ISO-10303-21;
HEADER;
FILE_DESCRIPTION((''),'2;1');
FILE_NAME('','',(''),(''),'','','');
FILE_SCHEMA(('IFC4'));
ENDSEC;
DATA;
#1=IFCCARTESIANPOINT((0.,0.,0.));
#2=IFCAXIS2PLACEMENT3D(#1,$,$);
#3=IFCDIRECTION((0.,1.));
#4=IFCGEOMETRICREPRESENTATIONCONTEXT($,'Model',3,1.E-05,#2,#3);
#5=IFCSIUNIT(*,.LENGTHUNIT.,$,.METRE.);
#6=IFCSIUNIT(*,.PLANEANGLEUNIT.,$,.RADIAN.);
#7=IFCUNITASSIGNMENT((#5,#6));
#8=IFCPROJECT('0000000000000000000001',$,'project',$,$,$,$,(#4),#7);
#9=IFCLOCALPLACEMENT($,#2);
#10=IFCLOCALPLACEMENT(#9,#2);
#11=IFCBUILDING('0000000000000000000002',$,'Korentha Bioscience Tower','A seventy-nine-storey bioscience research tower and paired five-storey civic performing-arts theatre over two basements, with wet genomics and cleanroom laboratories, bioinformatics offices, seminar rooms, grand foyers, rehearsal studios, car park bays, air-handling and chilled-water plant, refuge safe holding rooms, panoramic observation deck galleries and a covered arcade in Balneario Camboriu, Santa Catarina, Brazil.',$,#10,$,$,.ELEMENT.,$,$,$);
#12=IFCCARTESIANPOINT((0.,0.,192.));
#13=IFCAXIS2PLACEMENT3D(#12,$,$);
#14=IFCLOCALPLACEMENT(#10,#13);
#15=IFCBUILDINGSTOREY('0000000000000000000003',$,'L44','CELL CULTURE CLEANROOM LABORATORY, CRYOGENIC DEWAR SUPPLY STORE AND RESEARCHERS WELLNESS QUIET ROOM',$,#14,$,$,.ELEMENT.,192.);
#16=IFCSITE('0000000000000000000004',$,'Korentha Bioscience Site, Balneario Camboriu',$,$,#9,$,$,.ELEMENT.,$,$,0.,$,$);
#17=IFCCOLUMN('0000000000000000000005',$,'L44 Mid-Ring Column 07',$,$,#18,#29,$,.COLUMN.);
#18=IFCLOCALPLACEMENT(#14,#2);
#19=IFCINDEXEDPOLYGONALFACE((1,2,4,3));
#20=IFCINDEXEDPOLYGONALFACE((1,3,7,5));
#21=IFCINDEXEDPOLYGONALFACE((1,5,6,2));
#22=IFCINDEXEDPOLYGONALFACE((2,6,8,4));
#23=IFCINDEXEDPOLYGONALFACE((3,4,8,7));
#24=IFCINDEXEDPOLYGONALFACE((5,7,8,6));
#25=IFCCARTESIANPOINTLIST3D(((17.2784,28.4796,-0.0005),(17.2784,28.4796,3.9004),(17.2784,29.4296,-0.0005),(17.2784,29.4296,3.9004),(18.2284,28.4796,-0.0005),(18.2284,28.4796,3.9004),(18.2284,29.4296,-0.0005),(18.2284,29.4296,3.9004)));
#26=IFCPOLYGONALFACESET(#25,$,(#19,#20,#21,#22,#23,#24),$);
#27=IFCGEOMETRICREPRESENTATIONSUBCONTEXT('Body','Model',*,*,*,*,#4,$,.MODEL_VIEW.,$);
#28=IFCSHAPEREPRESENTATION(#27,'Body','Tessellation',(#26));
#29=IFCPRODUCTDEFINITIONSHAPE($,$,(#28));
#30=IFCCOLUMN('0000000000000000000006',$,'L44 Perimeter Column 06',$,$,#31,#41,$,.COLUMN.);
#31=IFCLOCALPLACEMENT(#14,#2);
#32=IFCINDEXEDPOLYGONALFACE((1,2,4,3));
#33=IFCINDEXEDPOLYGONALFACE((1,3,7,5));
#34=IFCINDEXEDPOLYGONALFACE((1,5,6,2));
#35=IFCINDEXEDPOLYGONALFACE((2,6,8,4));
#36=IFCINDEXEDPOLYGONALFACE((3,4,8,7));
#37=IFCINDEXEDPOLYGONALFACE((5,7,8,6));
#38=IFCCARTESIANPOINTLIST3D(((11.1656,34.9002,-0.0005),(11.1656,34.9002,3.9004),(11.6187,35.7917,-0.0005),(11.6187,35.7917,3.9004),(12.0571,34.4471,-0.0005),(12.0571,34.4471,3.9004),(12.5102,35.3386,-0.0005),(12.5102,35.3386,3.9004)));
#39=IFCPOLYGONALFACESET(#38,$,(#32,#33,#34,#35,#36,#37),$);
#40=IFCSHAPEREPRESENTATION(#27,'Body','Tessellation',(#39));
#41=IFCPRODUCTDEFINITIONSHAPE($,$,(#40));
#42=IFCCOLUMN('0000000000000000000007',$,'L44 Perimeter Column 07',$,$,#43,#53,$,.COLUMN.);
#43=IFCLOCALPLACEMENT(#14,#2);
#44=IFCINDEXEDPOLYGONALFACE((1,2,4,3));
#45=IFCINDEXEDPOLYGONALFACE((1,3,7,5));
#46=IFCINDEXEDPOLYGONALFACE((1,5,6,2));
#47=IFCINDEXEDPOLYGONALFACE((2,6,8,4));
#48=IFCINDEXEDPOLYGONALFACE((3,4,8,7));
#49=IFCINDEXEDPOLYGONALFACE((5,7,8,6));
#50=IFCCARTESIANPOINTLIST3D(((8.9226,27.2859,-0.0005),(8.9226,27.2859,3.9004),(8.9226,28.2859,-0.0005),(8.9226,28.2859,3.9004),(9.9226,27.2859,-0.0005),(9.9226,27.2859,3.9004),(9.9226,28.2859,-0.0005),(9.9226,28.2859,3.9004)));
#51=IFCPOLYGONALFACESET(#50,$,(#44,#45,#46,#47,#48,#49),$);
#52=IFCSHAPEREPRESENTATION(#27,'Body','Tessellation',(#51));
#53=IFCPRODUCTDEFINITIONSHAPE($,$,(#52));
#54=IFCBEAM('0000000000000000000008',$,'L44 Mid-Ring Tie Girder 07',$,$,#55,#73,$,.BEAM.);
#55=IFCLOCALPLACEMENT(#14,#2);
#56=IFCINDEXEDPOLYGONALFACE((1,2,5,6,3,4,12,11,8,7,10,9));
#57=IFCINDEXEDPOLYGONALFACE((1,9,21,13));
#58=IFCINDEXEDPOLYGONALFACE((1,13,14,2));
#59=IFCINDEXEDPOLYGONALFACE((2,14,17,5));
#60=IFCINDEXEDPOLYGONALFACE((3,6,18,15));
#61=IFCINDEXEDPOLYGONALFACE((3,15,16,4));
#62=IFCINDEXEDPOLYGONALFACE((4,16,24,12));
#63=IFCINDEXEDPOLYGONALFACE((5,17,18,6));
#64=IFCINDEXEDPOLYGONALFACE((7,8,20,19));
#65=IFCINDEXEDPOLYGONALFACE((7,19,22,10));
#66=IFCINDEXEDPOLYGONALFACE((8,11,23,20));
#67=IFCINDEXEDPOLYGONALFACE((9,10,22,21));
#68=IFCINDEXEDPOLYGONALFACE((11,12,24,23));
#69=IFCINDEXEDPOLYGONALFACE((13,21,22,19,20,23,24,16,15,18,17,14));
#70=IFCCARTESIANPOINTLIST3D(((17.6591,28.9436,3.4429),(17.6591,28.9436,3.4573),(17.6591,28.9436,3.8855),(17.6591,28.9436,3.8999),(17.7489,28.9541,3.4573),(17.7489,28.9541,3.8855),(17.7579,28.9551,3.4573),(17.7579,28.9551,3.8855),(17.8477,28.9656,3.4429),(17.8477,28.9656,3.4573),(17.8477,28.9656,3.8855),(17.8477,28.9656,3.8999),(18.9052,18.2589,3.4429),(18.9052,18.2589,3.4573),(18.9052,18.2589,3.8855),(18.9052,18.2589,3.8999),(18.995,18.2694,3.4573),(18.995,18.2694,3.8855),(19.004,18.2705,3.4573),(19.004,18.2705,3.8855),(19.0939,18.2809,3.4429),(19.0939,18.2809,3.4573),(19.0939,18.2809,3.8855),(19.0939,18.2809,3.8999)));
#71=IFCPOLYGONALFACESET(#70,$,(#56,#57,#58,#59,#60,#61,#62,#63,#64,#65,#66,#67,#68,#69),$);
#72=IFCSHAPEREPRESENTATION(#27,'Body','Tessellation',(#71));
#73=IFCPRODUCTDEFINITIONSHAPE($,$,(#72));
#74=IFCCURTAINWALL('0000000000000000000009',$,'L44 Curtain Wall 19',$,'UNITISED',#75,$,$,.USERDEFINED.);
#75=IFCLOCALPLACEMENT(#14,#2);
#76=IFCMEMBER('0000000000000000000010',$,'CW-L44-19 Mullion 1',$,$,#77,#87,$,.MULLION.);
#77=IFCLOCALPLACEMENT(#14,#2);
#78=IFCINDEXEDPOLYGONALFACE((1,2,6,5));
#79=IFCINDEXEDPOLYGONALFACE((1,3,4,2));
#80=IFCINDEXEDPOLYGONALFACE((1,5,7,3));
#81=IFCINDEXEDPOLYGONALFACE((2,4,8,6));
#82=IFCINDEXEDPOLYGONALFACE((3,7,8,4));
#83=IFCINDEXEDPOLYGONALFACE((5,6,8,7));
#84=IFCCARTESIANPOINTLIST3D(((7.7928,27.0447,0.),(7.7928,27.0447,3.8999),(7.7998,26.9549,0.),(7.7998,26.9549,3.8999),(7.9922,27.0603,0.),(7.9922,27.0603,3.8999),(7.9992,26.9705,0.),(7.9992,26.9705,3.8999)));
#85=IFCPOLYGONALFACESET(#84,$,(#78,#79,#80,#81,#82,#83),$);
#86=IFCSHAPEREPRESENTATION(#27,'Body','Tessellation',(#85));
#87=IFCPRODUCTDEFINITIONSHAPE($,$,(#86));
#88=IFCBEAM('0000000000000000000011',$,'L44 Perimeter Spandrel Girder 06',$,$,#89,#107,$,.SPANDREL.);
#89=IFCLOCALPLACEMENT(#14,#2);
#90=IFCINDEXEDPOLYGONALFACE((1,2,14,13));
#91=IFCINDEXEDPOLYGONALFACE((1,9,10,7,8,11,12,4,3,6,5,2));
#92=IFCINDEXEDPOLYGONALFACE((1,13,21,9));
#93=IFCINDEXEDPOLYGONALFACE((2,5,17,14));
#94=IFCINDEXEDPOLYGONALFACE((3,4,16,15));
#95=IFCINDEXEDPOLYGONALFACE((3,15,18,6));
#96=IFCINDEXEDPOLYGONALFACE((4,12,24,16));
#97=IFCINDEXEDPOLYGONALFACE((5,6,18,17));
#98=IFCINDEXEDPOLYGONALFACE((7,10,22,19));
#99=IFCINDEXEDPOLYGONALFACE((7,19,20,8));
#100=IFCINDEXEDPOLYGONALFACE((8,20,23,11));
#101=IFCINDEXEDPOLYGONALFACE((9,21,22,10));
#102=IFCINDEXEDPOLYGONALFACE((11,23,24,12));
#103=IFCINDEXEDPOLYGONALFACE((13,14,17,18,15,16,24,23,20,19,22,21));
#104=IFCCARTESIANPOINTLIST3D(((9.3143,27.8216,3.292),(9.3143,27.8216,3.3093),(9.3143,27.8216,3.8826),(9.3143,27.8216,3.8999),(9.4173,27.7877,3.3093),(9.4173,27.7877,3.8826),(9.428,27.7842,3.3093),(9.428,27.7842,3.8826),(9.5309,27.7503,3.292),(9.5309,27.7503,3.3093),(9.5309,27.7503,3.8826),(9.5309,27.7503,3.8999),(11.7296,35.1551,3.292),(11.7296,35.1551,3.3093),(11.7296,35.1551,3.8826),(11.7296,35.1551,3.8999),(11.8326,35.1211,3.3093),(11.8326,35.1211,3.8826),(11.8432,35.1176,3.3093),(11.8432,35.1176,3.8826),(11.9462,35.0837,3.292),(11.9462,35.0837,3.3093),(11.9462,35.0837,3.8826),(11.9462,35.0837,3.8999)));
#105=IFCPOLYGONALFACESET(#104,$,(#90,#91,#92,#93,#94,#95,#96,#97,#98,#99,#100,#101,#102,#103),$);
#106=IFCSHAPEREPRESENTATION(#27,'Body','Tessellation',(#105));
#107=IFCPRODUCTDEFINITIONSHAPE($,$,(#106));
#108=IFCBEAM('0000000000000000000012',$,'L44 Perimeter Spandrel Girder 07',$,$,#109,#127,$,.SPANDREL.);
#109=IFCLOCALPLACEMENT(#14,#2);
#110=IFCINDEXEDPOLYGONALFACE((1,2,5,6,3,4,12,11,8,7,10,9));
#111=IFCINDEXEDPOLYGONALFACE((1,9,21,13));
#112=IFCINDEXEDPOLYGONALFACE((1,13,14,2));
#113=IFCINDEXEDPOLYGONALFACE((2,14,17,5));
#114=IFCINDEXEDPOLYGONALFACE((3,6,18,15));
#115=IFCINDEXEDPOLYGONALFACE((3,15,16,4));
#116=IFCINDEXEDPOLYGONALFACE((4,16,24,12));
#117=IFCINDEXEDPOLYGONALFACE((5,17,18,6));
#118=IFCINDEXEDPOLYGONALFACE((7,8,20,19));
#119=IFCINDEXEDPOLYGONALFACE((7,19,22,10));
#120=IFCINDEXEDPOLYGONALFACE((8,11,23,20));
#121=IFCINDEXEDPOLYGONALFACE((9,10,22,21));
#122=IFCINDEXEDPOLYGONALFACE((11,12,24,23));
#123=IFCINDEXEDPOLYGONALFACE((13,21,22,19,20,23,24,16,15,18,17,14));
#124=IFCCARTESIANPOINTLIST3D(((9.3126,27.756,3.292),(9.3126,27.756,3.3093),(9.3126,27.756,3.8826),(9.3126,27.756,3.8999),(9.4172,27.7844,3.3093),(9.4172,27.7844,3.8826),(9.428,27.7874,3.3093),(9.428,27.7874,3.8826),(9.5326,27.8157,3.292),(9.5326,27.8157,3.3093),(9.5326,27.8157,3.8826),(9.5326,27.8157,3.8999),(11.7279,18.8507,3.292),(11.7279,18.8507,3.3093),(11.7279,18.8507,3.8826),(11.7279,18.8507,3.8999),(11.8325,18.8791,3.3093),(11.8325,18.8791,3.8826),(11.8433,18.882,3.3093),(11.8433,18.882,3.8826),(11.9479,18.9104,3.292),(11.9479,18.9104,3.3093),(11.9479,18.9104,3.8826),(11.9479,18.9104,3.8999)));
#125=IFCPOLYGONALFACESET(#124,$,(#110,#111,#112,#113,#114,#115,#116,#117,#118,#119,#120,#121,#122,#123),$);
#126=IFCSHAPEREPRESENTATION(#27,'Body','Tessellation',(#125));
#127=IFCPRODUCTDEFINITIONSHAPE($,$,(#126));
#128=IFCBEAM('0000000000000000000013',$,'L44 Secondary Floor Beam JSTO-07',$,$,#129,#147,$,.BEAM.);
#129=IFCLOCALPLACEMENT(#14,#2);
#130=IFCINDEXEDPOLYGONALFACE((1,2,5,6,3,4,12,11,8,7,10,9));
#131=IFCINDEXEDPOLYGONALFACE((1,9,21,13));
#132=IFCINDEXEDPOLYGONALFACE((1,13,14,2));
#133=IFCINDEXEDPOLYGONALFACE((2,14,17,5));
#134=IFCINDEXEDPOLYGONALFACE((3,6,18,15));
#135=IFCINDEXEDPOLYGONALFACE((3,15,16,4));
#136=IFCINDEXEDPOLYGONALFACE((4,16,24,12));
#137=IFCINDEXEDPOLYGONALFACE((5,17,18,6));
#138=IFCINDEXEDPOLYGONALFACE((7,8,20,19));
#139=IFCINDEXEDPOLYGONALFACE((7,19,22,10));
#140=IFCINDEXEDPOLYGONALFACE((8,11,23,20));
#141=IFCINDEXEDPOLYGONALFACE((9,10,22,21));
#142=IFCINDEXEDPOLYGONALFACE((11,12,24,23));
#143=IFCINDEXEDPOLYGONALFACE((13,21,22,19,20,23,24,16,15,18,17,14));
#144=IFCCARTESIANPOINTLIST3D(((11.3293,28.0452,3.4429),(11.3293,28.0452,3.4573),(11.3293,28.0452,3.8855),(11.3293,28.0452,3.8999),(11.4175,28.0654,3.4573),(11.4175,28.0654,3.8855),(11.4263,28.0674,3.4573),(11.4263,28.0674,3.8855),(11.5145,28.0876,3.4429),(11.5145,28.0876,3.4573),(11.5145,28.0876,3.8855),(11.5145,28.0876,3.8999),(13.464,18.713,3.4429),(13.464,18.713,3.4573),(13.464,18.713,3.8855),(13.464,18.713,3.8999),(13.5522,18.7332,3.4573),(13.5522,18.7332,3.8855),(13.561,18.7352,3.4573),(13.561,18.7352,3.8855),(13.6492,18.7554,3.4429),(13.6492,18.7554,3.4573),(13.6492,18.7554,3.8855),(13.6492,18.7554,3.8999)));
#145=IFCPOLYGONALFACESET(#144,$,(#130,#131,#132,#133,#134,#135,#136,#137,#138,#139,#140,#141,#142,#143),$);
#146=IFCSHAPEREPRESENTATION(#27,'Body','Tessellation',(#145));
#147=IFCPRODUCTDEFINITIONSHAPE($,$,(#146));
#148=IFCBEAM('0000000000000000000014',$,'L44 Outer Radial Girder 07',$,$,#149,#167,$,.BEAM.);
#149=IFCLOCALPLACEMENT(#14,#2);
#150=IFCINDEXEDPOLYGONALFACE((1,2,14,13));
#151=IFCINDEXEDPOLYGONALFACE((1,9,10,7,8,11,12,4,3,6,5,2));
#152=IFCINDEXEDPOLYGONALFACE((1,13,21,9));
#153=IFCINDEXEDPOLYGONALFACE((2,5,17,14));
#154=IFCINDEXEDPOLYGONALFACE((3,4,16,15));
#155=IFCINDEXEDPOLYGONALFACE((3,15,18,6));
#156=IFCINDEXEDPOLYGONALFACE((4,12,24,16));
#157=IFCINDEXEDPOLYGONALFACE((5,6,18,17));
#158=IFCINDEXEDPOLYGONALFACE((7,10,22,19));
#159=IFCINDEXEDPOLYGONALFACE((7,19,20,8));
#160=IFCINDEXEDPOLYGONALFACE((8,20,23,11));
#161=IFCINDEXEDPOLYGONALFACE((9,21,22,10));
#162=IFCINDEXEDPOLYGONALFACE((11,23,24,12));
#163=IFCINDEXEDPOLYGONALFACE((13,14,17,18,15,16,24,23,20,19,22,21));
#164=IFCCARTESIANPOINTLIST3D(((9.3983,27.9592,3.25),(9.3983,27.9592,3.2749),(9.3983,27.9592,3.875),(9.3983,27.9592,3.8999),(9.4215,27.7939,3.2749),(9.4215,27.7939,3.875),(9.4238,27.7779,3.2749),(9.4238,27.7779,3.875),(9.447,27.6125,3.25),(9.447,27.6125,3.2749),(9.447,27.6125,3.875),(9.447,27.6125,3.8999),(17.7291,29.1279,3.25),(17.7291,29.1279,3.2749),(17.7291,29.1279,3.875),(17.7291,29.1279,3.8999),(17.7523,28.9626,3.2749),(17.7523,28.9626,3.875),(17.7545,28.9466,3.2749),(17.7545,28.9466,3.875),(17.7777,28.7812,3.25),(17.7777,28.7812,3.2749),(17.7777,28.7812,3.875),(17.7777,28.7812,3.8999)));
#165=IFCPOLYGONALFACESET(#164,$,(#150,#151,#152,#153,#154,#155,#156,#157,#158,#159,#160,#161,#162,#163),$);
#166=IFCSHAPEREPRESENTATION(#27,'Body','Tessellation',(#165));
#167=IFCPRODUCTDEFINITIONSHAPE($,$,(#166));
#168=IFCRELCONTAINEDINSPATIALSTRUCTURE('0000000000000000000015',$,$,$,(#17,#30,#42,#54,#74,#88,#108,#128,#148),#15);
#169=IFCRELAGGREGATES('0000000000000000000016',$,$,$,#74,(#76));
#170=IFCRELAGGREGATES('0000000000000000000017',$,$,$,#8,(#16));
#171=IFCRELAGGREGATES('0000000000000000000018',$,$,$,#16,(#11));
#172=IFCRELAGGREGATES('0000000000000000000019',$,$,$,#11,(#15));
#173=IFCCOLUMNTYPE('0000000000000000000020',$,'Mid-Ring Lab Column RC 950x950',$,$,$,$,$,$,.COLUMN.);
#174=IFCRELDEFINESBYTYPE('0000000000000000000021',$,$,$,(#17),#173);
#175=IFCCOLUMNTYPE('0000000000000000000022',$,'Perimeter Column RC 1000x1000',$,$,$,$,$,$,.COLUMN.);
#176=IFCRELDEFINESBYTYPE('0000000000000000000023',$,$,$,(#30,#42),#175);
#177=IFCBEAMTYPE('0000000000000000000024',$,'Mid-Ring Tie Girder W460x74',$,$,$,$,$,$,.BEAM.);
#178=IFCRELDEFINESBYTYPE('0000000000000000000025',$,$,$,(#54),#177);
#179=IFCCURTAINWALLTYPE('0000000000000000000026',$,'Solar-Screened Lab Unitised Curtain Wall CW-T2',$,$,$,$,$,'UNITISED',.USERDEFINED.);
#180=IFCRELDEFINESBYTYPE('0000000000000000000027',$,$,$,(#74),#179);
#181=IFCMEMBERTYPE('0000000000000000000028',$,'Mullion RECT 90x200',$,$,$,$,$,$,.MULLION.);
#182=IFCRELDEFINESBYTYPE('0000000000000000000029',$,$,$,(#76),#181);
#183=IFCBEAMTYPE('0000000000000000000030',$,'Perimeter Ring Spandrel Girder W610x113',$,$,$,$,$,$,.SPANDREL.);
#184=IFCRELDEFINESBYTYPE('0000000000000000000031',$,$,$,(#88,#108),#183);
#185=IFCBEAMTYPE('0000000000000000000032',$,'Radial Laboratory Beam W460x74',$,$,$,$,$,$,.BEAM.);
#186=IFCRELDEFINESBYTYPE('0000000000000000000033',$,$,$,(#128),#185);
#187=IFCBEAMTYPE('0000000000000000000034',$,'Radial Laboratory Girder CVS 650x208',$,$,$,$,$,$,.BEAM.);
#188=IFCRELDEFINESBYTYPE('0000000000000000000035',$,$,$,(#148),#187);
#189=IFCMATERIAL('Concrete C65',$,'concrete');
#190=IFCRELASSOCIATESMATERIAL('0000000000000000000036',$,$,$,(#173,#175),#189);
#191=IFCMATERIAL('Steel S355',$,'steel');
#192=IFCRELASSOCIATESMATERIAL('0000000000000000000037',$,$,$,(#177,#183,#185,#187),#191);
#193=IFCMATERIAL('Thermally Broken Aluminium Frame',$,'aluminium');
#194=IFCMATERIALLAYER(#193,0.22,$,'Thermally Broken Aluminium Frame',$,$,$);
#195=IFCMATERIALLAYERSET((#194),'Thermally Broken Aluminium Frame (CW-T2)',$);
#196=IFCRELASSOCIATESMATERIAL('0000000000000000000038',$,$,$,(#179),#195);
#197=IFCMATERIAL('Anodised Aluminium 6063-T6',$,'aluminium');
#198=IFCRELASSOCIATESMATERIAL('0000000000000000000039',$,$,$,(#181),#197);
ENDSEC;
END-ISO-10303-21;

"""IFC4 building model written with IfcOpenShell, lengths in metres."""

from ifc_helpers import new_model, si_unit, direction, frame, origin, origin_2d, place, context, subcontext, project, spatial, rectangle, i_section, extrude, material, layer, layer_set, material_profile, profile_set, type_object, element, aggregate, save


model = new_model("IFC4")

# Units and contexts
model_context = context("Model", 3, precision=1e-05, world=origin(), true_north=direction((0.0, 1.0)))
body_context = subcontext(model_context, "Body", "Model", "MODEL_VIEW")
ifc_project = project(units=[si_unit("LENGTHUNIT", "METRE"), si_unit("PLANEANGLEUNIT", "RADIAN")], contexts=[model_context])

# Site, building, storey
site_placement = place(None, origin())
site = spatial("IfcSite", under=ifc_project, at=site_placement, Name="Korentha Bioscience Site, Balneario Camboriu", CompositionType="ELEMENT", RefElevation=0.0)
building_placement = place(site_placement, origin())
building = spatial("IfcBuilding", under=site, at=building_placement, Name="Korentha Bioscience Tower", Description="A seventy-nine-storey bioscience research tower and paired five-storey civic performing-arts theatre over two basements, with wet genomics and cleanroom laboratories, bioinformatics offices, seminar rooms, grand foyers, rehearsal studios, car park bays, air-handling and chilled-water plant, refuge safe holding rooms, panoramic observation deck galleries and a covered arcade in Balneario Camboriu, Santa Catarina, Brazil.", CompositionType="ELEMENT")
storey_placement = place(building_placement, frame((0.0, 0.0, 192.0)))
storey = spatial("IfcBuildingStorey", under=building, at=storey_placement, Name="L44", Description="CELL CULTURE CLEANROOM LABORATORY, CRYOGENIC DEWAR SUPPLY STORE AND RESEARCHERS WELLNESS QUIET ROOM", CompositionType="ELEMENT", Elevation=192.0)

# Columns
ifc_material_1 = material(Name="Concrete C65", Category="concrete")
ifc_material_profile_1 = material_profile(ifc_material_1, rectangle(XDim=0.95, YDim=0.95, at=origin_2d()), Name="Concrete C65")
ifc_profile_set_1 = profile_set([ifc_material_profile_1], Name="Concrete C65 (COL-MR09)")
column_type_1 = type_object("IfcColumnType", Name="Mid-Ring Lab Column RC 950x950", PredefinedType="COLUMN", material=ifc_profile_set_1)
column_placement = place(storey_placement, frame((17.7534, 28.9546, -0.0005), z_axis=(0.0, 0.0, 1.0), x_axis=(1.0, 0.0, 0.0)))
element("IfcColumn", 1, at=column_placement, inside=storey, type_object=column_type_1, Name="L44 Mid-Ring Column 07", PredefinedType="COLUMN", context=body_context, shape_type="SweptSolid", body=[
    extrude(rectangle(XDim=0.95, YDim=0.95, at=origin_2d()), origin(), (0.0, 0.0, 1.0), 3.9009),
])
ifc_material_profile_2 = material_profile(ifc_material_1, rectangle(XDim=1.0, YDim=1.0, at=origin_2d()), Name="Concrete C65")
ifc_profile_set_2 = profile_set([ifc_material_profile_2], Name="Concrete C65 (COL-P10)")
column_type_2 = type_object("IfcColumnType", Name="Perimeter Column RC 1000x1000", PredefinedType="COLUMN", material=ifc_profile_set_2)
for number, where, z_axis, x_axis, name in (
    (2, (11.8379, 35.1194, -0.0005), (0.0, 0.0, 1.0), (0.453057, 0.891481, 0.0), "L44 Perimeter Column 06"),
    (3, (9.4226, 27.7859, -0.0005), (0.0, 0.0, 1.0), (0.0, 1.0, 0.0), "L44 Perimeter Column 07"),
):
    element("IfcColumn", number, at=place(storey_placement, frame(where, z_axis=z_axis, x_axis=x_axis)), inside=storey, type_object=column_type_2, Name=name, PredefinedType="COLUMN", context=body_context, shape_type="SweptSolid", body=[
        extrude(rectangle(XDim=1.0, YDim=1.0, at=origin_2d()), origin(), (0.0, 0.0, 1.0), 3.9009),
    ])

# Beam
ifc_material_2 = material(Name="Steel S355", Category="steel")
ifc_material_profile_3 = material_profile(ifc_material_2, i_section(OverallWidth=0.1899, OverallDepth=0.457, WebThickness=0.009, FlangeThickness=0.0144, at=origin_2d()), Name="Steel S355")
ifc_profile_set_3 = profile_set([ifc_material_profile_3], Name="Steel S355 (MB-460)")
beam_type_1 = type_object("IfcBeamType", Name="Mid-Ring Tie Girder W460x74", PredefinedType="BEAM", material=ifc_profile_set_3)
beam_1_placement = place(storey_placement, frame((17.7534, 28.9546, 3.6714), z_axis=(0.11584, -0.993268, 0.0), x_axis=(0.993268, 0.11584, 0.0)))
element("IfcBeam", 4, at=beam_1_placement, inside=storey, type_object=beam_type_1, Name="L44 Mid-Ring Tie Girder 07", PredefinedType="BEAM", context=body_context, shape_type="SweptSolid", body=[
    extrude(i_section(OverallWidth=0.1899, OverallDepth=0.457, WebThickness=0.009, FlangeThickness=0.0144, at=origin_2d()), origin(), (0.0, 0.0, 1.0), 10.7571),
])

# Curtain wall, member
ifc_material_3 = material(Name="Thermally Broken Aluminium Frame", Category="aluminium")
ifc_layer_1 = layer(ifc_material_3, 0.22, Name="Thermally Broken Aluminium Frame")
ifc_layer_set_1 = layer_set([ifc_layer_1], Name="Thermally Broken Aluminium Frame (CW-T2)")
curtain_wall_type = type_object("IfcCurtainWallType", Name="Solar-Screened Lab Unitised Curtain Wall CW-T2", ElementType="UNITISED", PredefinedType="USERDEFINED", material=ifc_layer_set_1)
curtain_wall_placement = place(storey_placement, origin())
curtain_wall = element("IfcCurtainWall", 5, at=curtain_wall_placement, inside=storey, type_object=curtain_wall_type, Name="L44 Curtain Wall 19", ObjectType="UNITISED", PredefinedType="USERDEFINED")
ifc_material_4 = material(Name="Anodised Aluminium 6063-T6", Category="aluminium")
ifc_material_profile_4 = material_profile(ifc_material_4, rectangle(XDim=0.0901, YDim=0.2, at=origin_2d()), Name="Anodised Aluminium 6063-T6")
ifc_profile_set_4 = profile_set([ifc_material_profile_4], Name="Anodised Aluminium 6063-T6 (CW-MUL)")
member_type_1 = type_object("IfcMemberType", Name="Mullion RECT 90x200", PredefinedType="MULLION", material=ifc_profile_set_4)
member_1_placement = place(storey_placement, frame((7.896, 27.0076, 0.0), z_axis=(0.0, 0.0, 1.0), x_axis=(0.078031, -0.996951, 0.0)))
member_1 = element("IfcMember", 6, at=member_1_placement, type_object=member_type_1, Name="CW-L44-19 Mullion 1", PredefinedType="MULLION", context=body_context, shape_type="SweptSolid", body=[
    extrude(rectangle(XDim=0.0901, YDim=0.2, at=origin_2d()), origin(), (0.0, 0.0, 1.0), 3.8999),
])

# Beams
ifc_material_profile_5 = material_profile(ifc_material_2, i_section(OverallWidth=0.228, OverallDepth=0.6079, WebThickness=0.0112, FlangeThickness=0.0173, at=origin_2d()), Name="Steel S355")
ifc_profile_set_5 = profile_set([ifc_material_profile_5], Name="Steel S355 (SB-610)")
beam_type_2 = type_object("IfcBeamType", Name="Perimeter Ring Spandrel Girder W610x113", PredefinedType="SPANDREL", material=ifc_profile_set_5)
beam_2_placement = place(storey_placement, frame((11.8379, 35.1194, 3.5959), z_axis=(-0.31282, -0.949812, 0.0), x_axis=(0.949812, -0.31282, 0.0)))
element("IfcBeam", 7, at=beam_2_placement, inside=storey, type_object=beam_type_2, Name="L44 Perimeter Spandrel Girder 06", PredefinedType="SPANDREL", context=body_context, shape_type="SweptSolid", body=[
    extrude(i_section(OverallWidth=0.228, OverallDepth=0.6079, WebThickness=0.0112, FlangeThickness=0.0173, at=origin_2d()), origin(), (0.0, 0.0, 1.0), 7.7209),
])
beam_3_placement = place(storey_placement, frame((9.4226, 27.7859, 3.5959), z_axis=(0.261763, -0.965132, 0.0), x_axis=(0.965132, 0.261763, 0.0)))
element("IfcBeam", 8, at=beam_3_placement, inside=storey, type_object=beam_type_2, Name="L44 Perimeter Spandrel Girder 07", PredefinedType="SPANDREL", context=body_context, shape_type="SweptSolid", body=[
    extrude(i_section(OverallWidth=0.228, OverallDepth=0.6079, WebThickness=0.0112, FlangeThickness=0.0173, at=origin_2d()), origin(), (0.0, 0.0, 1.0), 9.2271),
])
ifc_material_profile_6 = material_profile(ifc_material_2, i_section(OverallWidth=0.1899, OverallDepth=0.457, WebThickness=0.009, FlangeThickness=0.0144, at=origin_2d()), Name="Steel S355")
ifc_profile_set_6 = profile_set([ifc_material_profile_6], Name="Steel S355 (RB-460)")
beam_type_3 = type_object("IfcBeamType", Name="Radial Laboratory Beam W460x74", PredefinedType="BEAM", material=ifc_profile_set_6)
beam_4_placement = place(storey_placement, frame((11.4219, 28.0664, 3.6714), z_axis=(0.222991, -0.974821, 0.0), x_axis=(0.974821, 0.222991, 0.0)))
element("IfcBeam", 9, at=beam_4_placement, inside=storey, type_object=beam_type_3, Name="L44 Secondary Floor Beam JSTO-07", PredefinedType="BEAM", context=body_context, shape_type="SweptSolid", body=[
    extrude(i_section(OverallWidth=0.1899, OverallDepth=0.457, WebThickness=0.009, FlangeThickness=0.0144, at=origin_2d()), origin(), (0.0, 0.0, 1.0), 9.5732),
])
ifc_material_profile_7 = material_profile(ifc_material_2, i_section(OverallWidth=0.3501, OverallDepth=0.6499, WebThickness=0.0161, FlangeThickness=0.0249, at=origin_2d()), Name="Steel S355")
ifc_profile_set_7 = profile_set([ifc_material_profile_7], Name="Steel S355 (RB-650)")
beam_type_4 = type_object("IfcBeamType", Name="Radial Laboratory Girder CVS 650x208", PredefinedType="BEAM", material=ifc_profile_set_7)
beam_5_placement = place(storey_placement, frame((17.7534, 28.9546, 3.575), z_axis=(-0.990303, -0.138926, 0.0), x_axis=(0.138926, -0.990303, 0.0)))
element("IfcBeam", 10, at=beam_5_placement, inside=storey, type_object=beam_type_4, Name="L44 Outer Radial Girder 07", PredefinedType="BEAM", context=body_context, shape_type="SweptSolid", body=[
    extrude(i_section(OverallWidth=0.3501, OverallDepth=0.6499, WebThickness=0.0161, FlangeThickness=0.0249, at=origin_2d()), origin(), (0.0, 0.0, 1.0), 8.4124),
])

aggregate(curtain_wall, [member_1])

save(model, "model.ifc")
